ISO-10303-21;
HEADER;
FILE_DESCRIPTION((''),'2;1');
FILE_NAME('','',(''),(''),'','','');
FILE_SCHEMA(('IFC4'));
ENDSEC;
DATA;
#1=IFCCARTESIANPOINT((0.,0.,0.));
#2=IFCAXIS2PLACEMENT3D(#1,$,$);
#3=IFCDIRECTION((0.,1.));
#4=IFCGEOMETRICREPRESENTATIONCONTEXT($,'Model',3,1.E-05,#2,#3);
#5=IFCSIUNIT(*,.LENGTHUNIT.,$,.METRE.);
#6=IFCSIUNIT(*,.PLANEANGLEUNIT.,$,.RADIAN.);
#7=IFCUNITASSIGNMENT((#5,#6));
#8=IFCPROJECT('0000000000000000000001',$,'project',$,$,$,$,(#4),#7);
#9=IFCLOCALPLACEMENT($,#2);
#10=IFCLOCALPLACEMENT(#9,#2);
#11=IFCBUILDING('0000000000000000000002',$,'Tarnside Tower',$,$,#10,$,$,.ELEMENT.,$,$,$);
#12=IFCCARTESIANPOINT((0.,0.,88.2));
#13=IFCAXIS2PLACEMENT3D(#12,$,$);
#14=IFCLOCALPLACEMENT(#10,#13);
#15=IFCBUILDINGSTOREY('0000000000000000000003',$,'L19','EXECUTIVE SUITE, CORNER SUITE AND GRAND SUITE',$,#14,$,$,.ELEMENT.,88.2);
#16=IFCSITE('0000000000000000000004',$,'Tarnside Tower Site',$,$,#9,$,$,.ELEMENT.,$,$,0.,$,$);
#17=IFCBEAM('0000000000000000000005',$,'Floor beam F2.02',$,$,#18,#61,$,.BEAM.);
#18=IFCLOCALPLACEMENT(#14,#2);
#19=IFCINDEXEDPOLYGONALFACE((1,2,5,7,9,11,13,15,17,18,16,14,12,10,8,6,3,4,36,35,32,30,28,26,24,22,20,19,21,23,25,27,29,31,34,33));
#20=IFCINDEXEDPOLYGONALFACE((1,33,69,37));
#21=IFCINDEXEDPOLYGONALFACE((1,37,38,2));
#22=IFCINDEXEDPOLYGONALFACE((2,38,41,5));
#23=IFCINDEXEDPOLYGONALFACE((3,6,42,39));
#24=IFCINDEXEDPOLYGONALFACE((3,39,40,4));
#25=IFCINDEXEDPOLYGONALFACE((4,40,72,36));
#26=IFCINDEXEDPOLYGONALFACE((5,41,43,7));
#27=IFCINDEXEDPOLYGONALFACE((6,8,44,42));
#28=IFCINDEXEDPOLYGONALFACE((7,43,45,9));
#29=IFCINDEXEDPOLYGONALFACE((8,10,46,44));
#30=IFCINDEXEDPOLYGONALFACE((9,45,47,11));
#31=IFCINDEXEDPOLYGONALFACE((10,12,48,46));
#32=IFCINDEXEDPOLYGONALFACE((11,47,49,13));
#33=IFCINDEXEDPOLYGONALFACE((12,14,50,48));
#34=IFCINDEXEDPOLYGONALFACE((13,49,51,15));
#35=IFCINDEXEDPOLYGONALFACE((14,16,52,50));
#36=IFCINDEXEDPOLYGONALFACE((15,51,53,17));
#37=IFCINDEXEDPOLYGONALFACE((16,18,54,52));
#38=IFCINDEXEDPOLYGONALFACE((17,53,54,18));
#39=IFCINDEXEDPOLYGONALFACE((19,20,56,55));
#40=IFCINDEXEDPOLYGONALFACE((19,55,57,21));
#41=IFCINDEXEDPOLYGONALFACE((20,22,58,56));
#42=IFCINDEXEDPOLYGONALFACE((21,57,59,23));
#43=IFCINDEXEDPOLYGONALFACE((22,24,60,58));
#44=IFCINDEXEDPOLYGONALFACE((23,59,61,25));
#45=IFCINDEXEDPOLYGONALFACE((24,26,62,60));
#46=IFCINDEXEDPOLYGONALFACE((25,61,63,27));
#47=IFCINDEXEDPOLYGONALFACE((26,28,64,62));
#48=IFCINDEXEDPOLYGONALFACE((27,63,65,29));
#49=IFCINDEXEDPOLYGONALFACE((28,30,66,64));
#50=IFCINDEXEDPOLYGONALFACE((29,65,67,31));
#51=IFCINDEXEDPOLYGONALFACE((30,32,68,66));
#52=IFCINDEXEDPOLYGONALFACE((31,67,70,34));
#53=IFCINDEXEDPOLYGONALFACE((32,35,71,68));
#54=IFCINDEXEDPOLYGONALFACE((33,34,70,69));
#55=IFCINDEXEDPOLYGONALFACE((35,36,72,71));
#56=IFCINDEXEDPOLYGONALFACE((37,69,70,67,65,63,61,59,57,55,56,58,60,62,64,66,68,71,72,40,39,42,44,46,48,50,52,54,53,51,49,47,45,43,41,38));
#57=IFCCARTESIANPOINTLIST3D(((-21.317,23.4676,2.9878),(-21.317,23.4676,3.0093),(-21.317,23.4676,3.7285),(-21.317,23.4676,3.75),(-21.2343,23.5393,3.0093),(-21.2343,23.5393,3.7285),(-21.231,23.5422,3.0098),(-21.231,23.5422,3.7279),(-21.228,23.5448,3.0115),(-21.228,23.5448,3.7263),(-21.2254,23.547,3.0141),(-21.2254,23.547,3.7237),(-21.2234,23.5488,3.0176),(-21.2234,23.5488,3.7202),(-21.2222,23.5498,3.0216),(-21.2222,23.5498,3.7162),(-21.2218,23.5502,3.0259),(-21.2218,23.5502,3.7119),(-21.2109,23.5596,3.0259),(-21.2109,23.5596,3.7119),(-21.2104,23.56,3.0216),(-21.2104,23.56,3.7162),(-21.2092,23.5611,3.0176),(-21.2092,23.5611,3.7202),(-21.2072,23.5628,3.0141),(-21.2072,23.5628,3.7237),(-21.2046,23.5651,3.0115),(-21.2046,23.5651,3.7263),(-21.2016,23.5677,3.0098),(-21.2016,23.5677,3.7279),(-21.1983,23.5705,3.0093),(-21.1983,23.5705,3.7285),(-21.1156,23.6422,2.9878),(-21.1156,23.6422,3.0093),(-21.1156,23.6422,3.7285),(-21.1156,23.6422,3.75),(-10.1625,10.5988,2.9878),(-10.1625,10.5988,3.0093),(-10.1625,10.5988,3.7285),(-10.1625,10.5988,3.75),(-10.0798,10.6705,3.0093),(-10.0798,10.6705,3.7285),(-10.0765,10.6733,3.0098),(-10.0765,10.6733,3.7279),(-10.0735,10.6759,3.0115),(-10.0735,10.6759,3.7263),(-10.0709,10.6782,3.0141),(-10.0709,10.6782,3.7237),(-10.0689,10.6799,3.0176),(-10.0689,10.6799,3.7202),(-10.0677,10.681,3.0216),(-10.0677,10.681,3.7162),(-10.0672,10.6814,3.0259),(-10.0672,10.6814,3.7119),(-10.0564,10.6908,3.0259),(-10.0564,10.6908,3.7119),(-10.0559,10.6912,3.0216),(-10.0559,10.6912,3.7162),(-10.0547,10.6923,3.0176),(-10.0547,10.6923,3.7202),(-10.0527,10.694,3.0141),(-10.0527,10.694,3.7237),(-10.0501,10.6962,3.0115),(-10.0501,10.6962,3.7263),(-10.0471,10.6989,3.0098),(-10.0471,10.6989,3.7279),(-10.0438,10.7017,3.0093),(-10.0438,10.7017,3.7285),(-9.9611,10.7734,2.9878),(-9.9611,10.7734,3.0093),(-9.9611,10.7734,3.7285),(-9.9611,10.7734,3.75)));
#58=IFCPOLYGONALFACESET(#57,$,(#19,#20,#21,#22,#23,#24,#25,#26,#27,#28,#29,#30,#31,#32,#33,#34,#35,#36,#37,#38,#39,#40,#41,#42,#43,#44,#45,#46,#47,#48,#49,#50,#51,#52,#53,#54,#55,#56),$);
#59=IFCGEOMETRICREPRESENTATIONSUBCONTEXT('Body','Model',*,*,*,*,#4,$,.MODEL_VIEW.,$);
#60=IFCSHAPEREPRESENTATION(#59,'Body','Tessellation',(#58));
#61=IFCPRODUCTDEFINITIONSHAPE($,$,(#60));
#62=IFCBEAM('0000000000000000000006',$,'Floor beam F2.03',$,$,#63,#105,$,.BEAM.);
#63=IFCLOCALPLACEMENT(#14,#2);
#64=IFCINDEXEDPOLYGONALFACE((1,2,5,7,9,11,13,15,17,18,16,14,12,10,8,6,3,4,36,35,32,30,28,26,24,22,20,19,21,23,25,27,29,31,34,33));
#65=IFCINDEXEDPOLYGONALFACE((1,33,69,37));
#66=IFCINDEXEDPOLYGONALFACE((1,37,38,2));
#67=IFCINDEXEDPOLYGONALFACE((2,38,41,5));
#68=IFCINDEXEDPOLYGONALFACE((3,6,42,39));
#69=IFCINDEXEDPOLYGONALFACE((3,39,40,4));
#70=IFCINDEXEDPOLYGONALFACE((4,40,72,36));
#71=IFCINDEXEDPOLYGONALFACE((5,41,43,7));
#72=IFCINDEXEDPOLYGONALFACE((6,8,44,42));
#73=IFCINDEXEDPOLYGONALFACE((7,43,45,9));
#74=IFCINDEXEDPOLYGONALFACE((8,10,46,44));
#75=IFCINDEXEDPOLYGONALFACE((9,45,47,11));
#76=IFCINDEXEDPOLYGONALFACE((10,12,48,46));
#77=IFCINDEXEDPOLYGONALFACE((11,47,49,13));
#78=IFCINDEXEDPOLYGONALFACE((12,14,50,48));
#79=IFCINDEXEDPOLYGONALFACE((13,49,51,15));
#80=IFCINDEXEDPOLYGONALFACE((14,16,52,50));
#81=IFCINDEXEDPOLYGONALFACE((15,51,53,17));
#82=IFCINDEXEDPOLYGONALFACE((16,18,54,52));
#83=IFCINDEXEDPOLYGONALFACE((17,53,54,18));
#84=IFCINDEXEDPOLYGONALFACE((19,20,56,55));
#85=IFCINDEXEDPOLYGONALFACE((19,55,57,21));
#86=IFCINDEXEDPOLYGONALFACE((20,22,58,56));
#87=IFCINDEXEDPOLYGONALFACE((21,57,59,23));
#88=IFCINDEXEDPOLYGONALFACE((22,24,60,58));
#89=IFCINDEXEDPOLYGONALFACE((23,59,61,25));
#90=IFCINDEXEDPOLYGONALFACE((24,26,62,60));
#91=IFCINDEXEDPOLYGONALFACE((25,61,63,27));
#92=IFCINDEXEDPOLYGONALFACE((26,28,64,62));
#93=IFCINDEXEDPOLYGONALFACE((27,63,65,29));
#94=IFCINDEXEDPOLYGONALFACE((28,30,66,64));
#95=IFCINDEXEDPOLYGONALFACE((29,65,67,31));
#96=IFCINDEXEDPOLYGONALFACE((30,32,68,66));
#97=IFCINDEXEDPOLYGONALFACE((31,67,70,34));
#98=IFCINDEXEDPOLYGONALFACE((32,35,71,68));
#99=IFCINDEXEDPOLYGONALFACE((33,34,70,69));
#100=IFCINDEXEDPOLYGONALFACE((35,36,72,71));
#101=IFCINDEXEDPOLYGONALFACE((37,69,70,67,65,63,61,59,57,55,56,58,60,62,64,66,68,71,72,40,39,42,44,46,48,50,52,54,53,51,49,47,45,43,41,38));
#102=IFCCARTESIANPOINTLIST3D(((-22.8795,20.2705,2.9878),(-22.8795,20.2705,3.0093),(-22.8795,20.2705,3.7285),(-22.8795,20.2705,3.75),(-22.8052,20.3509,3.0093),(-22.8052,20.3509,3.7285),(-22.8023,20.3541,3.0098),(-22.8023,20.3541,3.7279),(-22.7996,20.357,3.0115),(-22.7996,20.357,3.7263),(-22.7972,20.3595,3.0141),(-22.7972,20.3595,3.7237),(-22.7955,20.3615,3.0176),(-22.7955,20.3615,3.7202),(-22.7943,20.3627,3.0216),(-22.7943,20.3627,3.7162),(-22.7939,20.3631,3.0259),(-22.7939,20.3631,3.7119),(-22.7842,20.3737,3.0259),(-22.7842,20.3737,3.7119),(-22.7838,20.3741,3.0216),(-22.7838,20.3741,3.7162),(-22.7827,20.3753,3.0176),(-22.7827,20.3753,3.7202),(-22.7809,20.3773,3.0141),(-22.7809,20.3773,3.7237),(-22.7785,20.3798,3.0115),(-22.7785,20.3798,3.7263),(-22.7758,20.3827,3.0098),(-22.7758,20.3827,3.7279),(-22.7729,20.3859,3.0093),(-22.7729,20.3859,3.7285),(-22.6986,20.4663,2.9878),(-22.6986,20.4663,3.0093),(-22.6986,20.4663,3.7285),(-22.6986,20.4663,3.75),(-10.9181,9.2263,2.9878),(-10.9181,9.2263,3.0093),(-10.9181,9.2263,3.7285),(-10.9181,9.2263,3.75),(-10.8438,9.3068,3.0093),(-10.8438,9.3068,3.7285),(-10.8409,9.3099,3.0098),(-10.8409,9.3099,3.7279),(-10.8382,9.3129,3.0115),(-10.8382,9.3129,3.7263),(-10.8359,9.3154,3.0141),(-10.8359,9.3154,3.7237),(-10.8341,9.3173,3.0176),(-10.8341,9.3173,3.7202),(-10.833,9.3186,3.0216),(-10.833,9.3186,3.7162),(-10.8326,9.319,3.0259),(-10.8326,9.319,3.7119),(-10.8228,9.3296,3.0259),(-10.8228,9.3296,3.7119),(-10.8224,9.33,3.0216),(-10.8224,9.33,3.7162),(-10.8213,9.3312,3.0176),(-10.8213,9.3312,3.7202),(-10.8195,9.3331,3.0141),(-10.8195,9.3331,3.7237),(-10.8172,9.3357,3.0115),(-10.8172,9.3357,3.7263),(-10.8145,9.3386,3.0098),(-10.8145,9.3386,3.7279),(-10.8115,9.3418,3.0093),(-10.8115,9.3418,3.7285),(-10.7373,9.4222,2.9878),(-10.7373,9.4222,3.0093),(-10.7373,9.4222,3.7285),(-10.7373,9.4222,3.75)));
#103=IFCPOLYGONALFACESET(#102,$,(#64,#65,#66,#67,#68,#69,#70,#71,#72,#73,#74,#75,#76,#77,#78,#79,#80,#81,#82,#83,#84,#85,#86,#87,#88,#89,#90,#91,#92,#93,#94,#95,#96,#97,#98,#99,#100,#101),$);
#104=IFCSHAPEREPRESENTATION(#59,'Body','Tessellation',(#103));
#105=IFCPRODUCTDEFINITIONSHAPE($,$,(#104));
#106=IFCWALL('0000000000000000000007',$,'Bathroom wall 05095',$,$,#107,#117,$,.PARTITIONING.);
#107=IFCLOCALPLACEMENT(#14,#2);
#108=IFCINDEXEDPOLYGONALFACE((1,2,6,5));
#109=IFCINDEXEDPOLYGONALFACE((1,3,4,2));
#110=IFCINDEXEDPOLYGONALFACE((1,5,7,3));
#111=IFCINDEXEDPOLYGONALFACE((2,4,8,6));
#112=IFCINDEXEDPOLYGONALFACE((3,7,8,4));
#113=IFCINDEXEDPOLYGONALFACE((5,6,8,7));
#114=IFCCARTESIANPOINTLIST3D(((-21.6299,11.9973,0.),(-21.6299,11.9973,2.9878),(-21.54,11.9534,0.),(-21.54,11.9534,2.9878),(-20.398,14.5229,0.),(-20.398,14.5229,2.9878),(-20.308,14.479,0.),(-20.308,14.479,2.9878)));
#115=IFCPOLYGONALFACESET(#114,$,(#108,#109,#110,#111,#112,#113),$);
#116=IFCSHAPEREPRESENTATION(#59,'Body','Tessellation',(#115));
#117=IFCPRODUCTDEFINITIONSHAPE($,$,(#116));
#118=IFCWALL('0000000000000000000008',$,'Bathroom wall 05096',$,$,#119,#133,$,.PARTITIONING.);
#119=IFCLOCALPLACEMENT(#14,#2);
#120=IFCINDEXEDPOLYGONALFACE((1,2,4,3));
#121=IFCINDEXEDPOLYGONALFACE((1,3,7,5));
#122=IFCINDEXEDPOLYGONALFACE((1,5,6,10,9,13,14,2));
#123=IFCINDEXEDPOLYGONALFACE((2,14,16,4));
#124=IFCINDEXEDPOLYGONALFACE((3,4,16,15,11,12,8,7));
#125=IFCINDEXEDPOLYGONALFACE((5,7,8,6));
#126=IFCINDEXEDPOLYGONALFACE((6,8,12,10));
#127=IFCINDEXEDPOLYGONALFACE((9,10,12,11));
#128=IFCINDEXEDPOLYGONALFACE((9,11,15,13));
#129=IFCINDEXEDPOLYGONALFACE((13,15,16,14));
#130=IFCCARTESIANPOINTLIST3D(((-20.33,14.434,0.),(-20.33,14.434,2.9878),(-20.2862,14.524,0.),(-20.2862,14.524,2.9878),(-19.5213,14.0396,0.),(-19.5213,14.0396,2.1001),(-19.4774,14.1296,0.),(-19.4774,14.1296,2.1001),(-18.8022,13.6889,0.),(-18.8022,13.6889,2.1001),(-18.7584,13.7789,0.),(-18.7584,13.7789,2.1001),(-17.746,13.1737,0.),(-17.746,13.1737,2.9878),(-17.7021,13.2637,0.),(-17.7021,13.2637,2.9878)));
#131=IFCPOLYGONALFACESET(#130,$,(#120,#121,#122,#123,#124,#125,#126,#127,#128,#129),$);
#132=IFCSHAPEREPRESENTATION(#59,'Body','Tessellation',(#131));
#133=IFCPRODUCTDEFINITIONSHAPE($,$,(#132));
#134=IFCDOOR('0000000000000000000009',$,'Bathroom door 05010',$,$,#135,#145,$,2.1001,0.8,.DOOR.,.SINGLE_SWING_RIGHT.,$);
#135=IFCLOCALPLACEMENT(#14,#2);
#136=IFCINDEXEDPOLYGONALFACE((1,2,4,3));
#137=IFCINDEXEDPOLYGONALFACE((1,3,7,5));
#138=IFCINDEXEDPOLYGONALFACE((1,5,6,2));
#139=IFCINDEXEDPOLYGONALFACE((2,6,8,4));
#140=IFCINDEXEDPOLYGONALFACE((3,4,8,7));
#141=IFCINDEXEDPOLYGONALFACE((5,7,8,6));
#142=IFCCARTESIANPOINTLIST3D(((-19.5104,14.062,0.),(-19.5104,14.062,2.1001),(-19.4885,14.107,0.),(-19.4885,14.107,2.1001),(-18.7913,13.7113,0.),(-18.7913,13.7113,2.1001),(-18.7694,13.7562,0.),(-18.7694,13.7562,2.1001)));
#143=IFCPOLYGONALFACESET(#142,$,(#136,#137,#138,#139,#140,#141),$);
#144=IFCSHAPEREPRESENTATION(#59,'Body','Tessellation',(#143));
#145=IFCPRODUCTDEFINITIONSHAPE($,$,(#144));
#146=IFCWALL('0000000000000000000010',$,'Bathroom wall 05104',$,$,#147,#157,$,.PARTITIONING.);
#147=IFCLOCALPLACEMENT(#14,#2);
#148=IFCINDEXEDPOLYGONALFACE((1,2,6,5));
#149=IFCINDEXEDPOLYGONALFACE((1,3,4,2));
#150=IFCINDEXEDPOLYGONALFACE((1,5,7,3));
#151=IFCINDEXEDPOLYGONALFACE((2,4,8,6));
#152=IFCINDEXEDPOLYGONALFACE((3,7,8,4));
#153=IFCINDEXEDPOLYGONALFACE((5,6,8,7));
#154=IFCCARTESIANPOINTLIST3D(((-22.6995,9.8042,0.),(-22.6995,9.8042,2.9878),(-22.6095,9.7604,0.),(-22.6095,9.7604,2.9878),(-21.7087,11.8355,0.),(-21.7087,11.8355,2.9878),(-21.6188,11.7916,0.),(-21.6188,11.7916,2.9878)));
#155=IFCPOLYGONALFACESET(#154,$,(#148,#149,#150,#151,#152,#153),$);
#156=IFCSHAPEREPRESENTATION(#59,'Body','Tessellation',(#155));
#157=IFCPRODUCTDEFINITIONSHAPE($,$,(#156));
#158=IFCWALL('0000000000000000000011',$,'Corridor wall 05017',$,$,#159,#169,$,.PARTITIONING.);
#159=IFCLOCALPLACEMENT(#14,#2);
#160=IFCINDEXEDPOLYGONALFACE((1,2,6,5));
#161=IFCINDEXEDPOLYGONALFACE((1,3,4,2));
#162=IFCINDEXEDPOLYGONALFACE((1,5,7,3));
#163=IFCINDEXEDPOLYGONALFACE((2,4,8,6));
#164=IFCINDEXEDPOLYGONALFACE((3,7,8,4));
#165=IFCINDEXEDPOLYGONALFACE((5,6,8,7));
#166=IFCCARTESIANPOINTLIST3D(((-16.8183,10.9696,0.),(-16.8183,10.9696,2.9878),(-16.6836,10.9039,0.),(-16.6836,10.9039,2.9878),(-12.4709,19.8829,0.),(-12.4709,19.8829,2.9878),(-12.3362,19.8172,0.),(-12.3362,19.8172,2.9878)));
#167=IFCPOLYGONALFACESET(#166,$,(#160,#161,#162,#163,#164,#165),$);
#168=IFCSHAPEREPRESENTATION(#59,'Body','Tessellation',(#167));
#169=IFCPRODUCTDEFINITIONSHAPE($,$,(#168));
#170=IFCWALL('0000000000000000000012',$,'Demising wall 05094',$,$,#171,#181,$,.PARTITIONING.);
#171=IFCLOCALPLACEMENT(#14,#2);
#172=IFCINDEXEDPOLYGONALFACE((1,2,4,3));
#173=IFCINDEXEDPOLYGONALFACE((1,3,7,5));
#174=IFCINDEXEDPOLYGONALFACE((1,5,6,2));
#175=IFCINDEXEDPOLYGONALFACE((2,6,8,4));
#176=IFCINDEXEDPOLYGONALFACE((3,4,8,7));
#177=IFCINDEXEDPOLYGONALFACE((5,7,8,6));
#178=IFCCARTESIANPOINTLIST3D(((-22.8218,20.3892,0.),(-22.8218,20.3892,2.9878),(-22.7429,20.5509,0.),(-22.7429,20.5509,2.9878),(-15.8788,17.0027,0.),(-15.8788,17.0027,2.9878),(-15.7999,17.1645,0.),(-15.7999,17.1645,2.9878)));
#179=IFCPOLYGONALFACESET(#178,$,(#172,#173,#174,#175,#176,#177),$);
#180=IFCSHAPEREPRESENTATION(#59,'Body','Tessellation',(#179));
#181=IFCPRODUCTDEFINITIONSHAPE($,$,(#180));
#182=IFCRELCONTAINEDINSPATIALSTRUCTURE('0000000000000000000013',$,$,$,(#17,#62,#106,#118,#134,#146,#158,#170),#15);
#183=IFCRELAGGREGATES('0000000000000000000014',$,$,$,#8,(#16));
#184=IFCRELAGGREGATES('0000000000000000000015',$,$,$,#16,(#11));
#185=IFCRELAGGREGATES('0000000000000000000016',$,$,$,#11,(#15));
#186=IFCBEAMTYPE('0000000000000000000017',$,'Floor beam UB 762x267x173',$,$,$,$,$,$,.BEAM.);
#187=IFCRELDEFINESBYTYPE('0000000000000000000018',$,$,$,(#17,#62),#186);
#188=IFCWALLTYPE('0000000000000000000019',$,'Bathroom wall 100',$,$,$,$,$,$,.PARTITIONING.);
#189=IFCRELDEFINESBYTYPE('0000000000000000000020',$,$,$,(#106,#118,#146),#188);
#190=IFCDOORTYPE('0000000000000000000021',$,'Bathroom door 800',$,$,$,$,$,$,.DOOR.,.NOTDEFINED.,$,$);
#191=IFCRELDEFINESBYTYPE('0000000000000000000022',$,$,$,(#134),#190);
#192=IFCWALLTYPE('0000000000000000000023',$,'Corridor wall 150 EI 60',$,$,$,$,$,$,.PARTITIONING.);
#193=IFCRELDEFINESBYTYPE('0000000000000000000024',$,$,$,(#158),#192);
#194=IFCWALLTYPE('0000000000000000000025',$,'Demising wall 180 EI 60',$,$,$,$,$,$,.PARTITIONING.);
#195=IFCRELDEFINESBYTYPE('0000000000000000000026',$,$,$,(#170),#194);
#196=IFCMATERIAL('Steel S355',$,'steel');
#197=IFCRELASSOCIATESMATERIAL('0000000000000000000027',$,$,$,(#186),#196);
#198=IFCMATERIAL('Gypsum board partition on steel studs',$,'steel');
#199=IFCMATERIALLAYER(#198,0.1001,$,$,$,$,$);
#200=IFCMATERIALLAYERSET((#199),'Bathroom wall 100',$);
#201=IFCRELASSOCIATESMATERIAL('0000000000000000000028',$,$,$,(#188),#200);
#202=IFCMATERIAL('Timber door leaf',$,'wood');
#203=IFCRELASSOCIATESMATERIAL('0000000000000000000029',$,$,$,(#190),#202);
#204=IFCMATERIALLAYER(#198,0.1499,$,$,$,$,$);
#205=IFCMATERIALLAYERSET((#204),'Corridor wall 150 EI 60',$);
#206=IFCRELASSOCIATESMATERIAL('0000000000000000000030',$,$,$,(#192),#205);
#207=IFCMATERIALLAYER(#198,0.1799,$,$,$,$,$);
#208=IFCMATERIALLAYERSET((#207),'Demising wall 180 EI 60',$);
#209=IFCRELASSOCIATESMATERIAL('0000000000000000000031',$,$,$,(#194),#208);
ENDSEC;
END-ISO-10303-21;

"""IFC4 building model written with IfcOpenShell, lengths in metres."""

from ifc_helpers import new_model, si_unit, direction, frame, frame_2d, origin, origin_2d, place, context, subcontext, project, spatial, rectangle, i_section, extrude, material, layer, layer_set, material_profile, profile_set, type_object, element, fill, save


model = new_model("IFC4")

# Units and contexts
model_context = context("Model", 3, precision=1e-05, world=origin(), true_north=direction((0.0, 1.0)))
body_context = subcontext(model_context, "Body", "Model", "MODEL_VIEW")
ifc_project = project(units=[si_unit("LENGTHUNIT", "METRE"), si_unit("PLANEANGLEUNIT", "RADIAN")], contexts=[model_context])

# Site, building, storey
site_placement = place(None, origin())
site = spatial("IfcSite", under=ifc_project, at=site_placement, Name="Tarnside Tower Site", CompositionType="ELEMENT", RefElevation=0.0)
building_placement = place(site_placement, origin())
building = spatial("IfcBuilding", under=site, at=building_placement, Name="Tarnside Tower", CompositionType="ELEMENT")
storey_placement = place(building_placement, frame((0.0, 0.0, 88.2)))
storey = spatial("IfcBuildingStorey", under=building, at=storey_placement, Name="L19", Description="EXECUTIVE SUITE, CORNER SUITE AND GRAND SUITE", CompositionType="ELEMENT", Elevation=88.2)

# Beams
ifc_material_1 = material(Name="Steel S355", Category="steel")
ifc_material_profile_1 = material_profile(ifc_material_1, i_section(OverallWidth=0.2666, OverallDepth=0.7622, WebThickness=0.0144, FlangeThickness=0.0215, FilletRadius=0.0166, at=origin_2d()), Name="UB 762x267x173")
ifc_profile_set_1 = profile_set([ifc_material_profile_1], Name="Steel S355")
beam_type_1 = type_object("IfcBeamType", Name="Floor beam UB 762x267x173", PredefinedType="BEAM", material=ifc_profile_set_1)
beam_1_placement = place(storey_placement, frame((-21.2163, 23.5549, 3.3689), z_axis=(0.654981, -0.755646, 0.0), x_axis=(0.755646, 0.654981, 0.0)))
element("IfcBeam", 1, at=beam_1_placement, inside=storey, type_object=beam_type_1, Name="Floor beam F2.02", PredefinedType="BEAM", context=body_context, shape_type="SweptSolid", body=[
    extrude(i_section(OverallWidth=0.2666, OverallDepth=0.7622, WebThickness=0.0144, FlangeThickness=0.0215, FilletRadius=0.0166, at=origin_2d()), origin(), (0.0, 0.0, 1.0), 17.0303),
])
beam_2_placement = place(storey_placement, frame((-22.7891, 20.3684, 3.3689), z_axis=(0.734715, -0.678375, 0.0), x_axis=(0.678375, 0.734715, 0.0)))
element("IfcBeam", 2, at=beam_2_placement, inside=storey, type_object=beam_type_1, Name="Floor beam F2.03", PredefinedType="BEAM", context=body_context, shape_type="SweptSolid", body=[
    extrude(i_section(OverallWidth=0.2666, OverallDepth=0.7622, WebThickness=0.0144, FlangeThickness=0.0215, FilletRadius=0.0166, at=origin_2d()), origin(), (0.0, 0.0, 1.0), 16.2803),
])

# Wall
ifc_material_2 = material(Name="Gypsum board partition on steel studs", Category="steel")
ifc_layer_1 = layer(ifc_material_2, 0.1001)
ifc_layer_set_1 = layer_set([ifc_layer_1], Name="Bathroom wall 100")
wall_type_1 = type_object("IfcWallType", Name="Bathroom wall 100", PredefinedType="PARTITIONING", material=ifc_layer_set_1)
wall_1_placement = place(storey_placement, frame((-21.585, 11.9753, 0.0), z_axis=(0.0, 0.0, 1.0), x_axis=(0.4384, 0.89878, 0.0)))
element("IfcWall", 3, at=wall_1_placement, inside=storey, type_object=wall_type_1, Name="Bathroom wall 05095", PredefinedType="PARTITIONING", context=body_context, shape_type="SweptSolid", body=[
    extrude(rectangle(XDim=2.8101, YDim=0.1001, at=frame_2d((1.405, 0.0))), origin(), (0.0, 0.0, 1.0), 2.9878),
])

# Wall, opening, door
wall_2_placement = place(storey_placement, frame((-20.3081, 14.479, 0.0), z_axis=(0.0, 0.0, 1.0), x_axis=(0.898799, -0.43836, 0.0)))
wall_2 = element("IfcWall", 4, at=wall_2_placement, inside=storey, type_object=wall_type_1, Name="Bathroom wall 05096", PredefinedType="PARTITIONING", context=body_context, shape_type="SweptSolid", body=[
    extrude(rectangle(XDim=2.875, YDim=0.1001, at=frame_2d((1.4375, 0.0))), origin(), (0.0, 0.0, 1.0), 2.9878),
])
opening_1_placement = place(wall_2_placement, frame((0.8999, 0.0, 0.0)))
opening_1 = element("IfcOpeningElement", 5, at=opening_1_placement, cuts=wall_2, PredefinedType="OPENING", context=body_context, shape_type="SweptSolid", body=[
    extrude(rectangle(XDim=0.8, YDim=2.1001, at=frame_2d((0.3999, 1.05))), frame((0.0, 0.0601, 0.0), z_axis=(0.0, -1.0, 0.0), x_axis=(1.0, 0.0, 0.0)), (0.0, 0.0, 1.0), 0.1201),
])
ifc_material_3 = material(Name="Timber door leaf", Category="wood")
door_type_1 = type_object("IfcDoorType", Name="Bathroom door 800", OperationType="NOTDEFINED", PredefinedType="DOOR", material=ifc_material_3)
door_1_placement = place(opening_1_placement, origin())
door_1 = element("IfcDoor", 6, at=door_1_placement, inside=storey, type_object=door_type_1, Name="Bathroom door 05010", OperationType="SINGLE_SWING_RIGHT", OverallHeight=2.1001, OverallWidth=0.8, PredefinedType="DOOR", context=body_context, shape_type="SweptSolid", body=[
    extrude(rectangle(XDim=0.8, YDim=2.1001, at=frame_2d((0.3999, 1.05))), frame((0.0, 0.0249, 0.0), z_axis=(0.0, -1.0, 0.0), x_axis=(1.0, 0.0, 0.0)), (0.0, 0.0, 1.0), 0.05),
])
fill(opening_1, door_1)

# Walls
wall_3_placement = place(storey_placement, frame((-21.6638, 11.8135, 0.0), z_axis=(0.0, 0.0, 1.0), x_axis=(-0.438377, -0.898791, 0.0)))
element("IfcWall", 7, at=wall_3_placement, inside=storey, type_object=wall_type_1, Name="Bathroom wall 05104", PredefinedType="PARTITIONING", context=body_context, shape_type="SweptSolid", body=[
    extrude(rectangle(XDim=2.26, YDim=0.1001, at=frame_2d((1.1299, 0.0))), origin(), (0.0, 0.0, 1.0), 2.9878),
])
ifc_layer_2 = layer(ifc_material_2, 0.1499)
ifc_layer_set_2 = layer_set([ifc_layer_2], Name="Corridor wall 150 EI 60")
wall_type_2 = type_object("IfcWallType", Name="Corridor wall 150 EI 60", PredefinedType="PARTITIONING", material=ifc_layer_set_2)
wall_4_placement = place(storey_placement, frame((-16.751, 10.9368, 0.0), z_axis=(0.0, 0.0, 1.0), x_axis=(0.438379, 0.89879, 0.0)))
element("IfcWall", 8, at=wall_4_placement, inside=storey, type_object=wall_type_2, Name="Corridor wall 05017", PredefinedType="PARTITIONING", context=body_context, shape_type="SweptSolid", body=[
    extrude(rectangle(XDim=9.917, YDim=0.1499, at=frame_2d((4.9585, 0.0))), origin(), (0.0, 0.0, 1.0), 2.9878),
])
ifc_layer_3 = layer(ifc_material_2, 0.1799)
ifc_layer_set_3 = layer_set([ifc_layer_3], Name="Demising wall 180 EI 60")
wall_type_3 = type_object("IfcWallType", Name="Demising wall 180 EI 60", PredefinedType="PARTITIONING", material=ifc_layer_set_3)
for number, where, z_axis, x_axis, name in (
    (9, (-22.7822, 20.47, 0.0), (0.0, 0.0, 1.0), (0.898789, -0.438381, 0.0), "Demising wall 05094"),
):
    element("IfcWall", number, at=place(storey_placement, frame(where, z_axis=z_axis, x_axis=x_axis)), inside=storey, type_object=wall_type_3, Name=name, PredefinedType="PARTITIONING", context=body_context, shape_type="SweptSolid", body=[
        extrude(rectangle(XDim=7.7249, YDim=0.1799, at=frame_2d((3.8623, 0.0))), origin(), (0.0, 0.0, 1.0), 2.9878),
    ])

save(model, "model.ifc")
